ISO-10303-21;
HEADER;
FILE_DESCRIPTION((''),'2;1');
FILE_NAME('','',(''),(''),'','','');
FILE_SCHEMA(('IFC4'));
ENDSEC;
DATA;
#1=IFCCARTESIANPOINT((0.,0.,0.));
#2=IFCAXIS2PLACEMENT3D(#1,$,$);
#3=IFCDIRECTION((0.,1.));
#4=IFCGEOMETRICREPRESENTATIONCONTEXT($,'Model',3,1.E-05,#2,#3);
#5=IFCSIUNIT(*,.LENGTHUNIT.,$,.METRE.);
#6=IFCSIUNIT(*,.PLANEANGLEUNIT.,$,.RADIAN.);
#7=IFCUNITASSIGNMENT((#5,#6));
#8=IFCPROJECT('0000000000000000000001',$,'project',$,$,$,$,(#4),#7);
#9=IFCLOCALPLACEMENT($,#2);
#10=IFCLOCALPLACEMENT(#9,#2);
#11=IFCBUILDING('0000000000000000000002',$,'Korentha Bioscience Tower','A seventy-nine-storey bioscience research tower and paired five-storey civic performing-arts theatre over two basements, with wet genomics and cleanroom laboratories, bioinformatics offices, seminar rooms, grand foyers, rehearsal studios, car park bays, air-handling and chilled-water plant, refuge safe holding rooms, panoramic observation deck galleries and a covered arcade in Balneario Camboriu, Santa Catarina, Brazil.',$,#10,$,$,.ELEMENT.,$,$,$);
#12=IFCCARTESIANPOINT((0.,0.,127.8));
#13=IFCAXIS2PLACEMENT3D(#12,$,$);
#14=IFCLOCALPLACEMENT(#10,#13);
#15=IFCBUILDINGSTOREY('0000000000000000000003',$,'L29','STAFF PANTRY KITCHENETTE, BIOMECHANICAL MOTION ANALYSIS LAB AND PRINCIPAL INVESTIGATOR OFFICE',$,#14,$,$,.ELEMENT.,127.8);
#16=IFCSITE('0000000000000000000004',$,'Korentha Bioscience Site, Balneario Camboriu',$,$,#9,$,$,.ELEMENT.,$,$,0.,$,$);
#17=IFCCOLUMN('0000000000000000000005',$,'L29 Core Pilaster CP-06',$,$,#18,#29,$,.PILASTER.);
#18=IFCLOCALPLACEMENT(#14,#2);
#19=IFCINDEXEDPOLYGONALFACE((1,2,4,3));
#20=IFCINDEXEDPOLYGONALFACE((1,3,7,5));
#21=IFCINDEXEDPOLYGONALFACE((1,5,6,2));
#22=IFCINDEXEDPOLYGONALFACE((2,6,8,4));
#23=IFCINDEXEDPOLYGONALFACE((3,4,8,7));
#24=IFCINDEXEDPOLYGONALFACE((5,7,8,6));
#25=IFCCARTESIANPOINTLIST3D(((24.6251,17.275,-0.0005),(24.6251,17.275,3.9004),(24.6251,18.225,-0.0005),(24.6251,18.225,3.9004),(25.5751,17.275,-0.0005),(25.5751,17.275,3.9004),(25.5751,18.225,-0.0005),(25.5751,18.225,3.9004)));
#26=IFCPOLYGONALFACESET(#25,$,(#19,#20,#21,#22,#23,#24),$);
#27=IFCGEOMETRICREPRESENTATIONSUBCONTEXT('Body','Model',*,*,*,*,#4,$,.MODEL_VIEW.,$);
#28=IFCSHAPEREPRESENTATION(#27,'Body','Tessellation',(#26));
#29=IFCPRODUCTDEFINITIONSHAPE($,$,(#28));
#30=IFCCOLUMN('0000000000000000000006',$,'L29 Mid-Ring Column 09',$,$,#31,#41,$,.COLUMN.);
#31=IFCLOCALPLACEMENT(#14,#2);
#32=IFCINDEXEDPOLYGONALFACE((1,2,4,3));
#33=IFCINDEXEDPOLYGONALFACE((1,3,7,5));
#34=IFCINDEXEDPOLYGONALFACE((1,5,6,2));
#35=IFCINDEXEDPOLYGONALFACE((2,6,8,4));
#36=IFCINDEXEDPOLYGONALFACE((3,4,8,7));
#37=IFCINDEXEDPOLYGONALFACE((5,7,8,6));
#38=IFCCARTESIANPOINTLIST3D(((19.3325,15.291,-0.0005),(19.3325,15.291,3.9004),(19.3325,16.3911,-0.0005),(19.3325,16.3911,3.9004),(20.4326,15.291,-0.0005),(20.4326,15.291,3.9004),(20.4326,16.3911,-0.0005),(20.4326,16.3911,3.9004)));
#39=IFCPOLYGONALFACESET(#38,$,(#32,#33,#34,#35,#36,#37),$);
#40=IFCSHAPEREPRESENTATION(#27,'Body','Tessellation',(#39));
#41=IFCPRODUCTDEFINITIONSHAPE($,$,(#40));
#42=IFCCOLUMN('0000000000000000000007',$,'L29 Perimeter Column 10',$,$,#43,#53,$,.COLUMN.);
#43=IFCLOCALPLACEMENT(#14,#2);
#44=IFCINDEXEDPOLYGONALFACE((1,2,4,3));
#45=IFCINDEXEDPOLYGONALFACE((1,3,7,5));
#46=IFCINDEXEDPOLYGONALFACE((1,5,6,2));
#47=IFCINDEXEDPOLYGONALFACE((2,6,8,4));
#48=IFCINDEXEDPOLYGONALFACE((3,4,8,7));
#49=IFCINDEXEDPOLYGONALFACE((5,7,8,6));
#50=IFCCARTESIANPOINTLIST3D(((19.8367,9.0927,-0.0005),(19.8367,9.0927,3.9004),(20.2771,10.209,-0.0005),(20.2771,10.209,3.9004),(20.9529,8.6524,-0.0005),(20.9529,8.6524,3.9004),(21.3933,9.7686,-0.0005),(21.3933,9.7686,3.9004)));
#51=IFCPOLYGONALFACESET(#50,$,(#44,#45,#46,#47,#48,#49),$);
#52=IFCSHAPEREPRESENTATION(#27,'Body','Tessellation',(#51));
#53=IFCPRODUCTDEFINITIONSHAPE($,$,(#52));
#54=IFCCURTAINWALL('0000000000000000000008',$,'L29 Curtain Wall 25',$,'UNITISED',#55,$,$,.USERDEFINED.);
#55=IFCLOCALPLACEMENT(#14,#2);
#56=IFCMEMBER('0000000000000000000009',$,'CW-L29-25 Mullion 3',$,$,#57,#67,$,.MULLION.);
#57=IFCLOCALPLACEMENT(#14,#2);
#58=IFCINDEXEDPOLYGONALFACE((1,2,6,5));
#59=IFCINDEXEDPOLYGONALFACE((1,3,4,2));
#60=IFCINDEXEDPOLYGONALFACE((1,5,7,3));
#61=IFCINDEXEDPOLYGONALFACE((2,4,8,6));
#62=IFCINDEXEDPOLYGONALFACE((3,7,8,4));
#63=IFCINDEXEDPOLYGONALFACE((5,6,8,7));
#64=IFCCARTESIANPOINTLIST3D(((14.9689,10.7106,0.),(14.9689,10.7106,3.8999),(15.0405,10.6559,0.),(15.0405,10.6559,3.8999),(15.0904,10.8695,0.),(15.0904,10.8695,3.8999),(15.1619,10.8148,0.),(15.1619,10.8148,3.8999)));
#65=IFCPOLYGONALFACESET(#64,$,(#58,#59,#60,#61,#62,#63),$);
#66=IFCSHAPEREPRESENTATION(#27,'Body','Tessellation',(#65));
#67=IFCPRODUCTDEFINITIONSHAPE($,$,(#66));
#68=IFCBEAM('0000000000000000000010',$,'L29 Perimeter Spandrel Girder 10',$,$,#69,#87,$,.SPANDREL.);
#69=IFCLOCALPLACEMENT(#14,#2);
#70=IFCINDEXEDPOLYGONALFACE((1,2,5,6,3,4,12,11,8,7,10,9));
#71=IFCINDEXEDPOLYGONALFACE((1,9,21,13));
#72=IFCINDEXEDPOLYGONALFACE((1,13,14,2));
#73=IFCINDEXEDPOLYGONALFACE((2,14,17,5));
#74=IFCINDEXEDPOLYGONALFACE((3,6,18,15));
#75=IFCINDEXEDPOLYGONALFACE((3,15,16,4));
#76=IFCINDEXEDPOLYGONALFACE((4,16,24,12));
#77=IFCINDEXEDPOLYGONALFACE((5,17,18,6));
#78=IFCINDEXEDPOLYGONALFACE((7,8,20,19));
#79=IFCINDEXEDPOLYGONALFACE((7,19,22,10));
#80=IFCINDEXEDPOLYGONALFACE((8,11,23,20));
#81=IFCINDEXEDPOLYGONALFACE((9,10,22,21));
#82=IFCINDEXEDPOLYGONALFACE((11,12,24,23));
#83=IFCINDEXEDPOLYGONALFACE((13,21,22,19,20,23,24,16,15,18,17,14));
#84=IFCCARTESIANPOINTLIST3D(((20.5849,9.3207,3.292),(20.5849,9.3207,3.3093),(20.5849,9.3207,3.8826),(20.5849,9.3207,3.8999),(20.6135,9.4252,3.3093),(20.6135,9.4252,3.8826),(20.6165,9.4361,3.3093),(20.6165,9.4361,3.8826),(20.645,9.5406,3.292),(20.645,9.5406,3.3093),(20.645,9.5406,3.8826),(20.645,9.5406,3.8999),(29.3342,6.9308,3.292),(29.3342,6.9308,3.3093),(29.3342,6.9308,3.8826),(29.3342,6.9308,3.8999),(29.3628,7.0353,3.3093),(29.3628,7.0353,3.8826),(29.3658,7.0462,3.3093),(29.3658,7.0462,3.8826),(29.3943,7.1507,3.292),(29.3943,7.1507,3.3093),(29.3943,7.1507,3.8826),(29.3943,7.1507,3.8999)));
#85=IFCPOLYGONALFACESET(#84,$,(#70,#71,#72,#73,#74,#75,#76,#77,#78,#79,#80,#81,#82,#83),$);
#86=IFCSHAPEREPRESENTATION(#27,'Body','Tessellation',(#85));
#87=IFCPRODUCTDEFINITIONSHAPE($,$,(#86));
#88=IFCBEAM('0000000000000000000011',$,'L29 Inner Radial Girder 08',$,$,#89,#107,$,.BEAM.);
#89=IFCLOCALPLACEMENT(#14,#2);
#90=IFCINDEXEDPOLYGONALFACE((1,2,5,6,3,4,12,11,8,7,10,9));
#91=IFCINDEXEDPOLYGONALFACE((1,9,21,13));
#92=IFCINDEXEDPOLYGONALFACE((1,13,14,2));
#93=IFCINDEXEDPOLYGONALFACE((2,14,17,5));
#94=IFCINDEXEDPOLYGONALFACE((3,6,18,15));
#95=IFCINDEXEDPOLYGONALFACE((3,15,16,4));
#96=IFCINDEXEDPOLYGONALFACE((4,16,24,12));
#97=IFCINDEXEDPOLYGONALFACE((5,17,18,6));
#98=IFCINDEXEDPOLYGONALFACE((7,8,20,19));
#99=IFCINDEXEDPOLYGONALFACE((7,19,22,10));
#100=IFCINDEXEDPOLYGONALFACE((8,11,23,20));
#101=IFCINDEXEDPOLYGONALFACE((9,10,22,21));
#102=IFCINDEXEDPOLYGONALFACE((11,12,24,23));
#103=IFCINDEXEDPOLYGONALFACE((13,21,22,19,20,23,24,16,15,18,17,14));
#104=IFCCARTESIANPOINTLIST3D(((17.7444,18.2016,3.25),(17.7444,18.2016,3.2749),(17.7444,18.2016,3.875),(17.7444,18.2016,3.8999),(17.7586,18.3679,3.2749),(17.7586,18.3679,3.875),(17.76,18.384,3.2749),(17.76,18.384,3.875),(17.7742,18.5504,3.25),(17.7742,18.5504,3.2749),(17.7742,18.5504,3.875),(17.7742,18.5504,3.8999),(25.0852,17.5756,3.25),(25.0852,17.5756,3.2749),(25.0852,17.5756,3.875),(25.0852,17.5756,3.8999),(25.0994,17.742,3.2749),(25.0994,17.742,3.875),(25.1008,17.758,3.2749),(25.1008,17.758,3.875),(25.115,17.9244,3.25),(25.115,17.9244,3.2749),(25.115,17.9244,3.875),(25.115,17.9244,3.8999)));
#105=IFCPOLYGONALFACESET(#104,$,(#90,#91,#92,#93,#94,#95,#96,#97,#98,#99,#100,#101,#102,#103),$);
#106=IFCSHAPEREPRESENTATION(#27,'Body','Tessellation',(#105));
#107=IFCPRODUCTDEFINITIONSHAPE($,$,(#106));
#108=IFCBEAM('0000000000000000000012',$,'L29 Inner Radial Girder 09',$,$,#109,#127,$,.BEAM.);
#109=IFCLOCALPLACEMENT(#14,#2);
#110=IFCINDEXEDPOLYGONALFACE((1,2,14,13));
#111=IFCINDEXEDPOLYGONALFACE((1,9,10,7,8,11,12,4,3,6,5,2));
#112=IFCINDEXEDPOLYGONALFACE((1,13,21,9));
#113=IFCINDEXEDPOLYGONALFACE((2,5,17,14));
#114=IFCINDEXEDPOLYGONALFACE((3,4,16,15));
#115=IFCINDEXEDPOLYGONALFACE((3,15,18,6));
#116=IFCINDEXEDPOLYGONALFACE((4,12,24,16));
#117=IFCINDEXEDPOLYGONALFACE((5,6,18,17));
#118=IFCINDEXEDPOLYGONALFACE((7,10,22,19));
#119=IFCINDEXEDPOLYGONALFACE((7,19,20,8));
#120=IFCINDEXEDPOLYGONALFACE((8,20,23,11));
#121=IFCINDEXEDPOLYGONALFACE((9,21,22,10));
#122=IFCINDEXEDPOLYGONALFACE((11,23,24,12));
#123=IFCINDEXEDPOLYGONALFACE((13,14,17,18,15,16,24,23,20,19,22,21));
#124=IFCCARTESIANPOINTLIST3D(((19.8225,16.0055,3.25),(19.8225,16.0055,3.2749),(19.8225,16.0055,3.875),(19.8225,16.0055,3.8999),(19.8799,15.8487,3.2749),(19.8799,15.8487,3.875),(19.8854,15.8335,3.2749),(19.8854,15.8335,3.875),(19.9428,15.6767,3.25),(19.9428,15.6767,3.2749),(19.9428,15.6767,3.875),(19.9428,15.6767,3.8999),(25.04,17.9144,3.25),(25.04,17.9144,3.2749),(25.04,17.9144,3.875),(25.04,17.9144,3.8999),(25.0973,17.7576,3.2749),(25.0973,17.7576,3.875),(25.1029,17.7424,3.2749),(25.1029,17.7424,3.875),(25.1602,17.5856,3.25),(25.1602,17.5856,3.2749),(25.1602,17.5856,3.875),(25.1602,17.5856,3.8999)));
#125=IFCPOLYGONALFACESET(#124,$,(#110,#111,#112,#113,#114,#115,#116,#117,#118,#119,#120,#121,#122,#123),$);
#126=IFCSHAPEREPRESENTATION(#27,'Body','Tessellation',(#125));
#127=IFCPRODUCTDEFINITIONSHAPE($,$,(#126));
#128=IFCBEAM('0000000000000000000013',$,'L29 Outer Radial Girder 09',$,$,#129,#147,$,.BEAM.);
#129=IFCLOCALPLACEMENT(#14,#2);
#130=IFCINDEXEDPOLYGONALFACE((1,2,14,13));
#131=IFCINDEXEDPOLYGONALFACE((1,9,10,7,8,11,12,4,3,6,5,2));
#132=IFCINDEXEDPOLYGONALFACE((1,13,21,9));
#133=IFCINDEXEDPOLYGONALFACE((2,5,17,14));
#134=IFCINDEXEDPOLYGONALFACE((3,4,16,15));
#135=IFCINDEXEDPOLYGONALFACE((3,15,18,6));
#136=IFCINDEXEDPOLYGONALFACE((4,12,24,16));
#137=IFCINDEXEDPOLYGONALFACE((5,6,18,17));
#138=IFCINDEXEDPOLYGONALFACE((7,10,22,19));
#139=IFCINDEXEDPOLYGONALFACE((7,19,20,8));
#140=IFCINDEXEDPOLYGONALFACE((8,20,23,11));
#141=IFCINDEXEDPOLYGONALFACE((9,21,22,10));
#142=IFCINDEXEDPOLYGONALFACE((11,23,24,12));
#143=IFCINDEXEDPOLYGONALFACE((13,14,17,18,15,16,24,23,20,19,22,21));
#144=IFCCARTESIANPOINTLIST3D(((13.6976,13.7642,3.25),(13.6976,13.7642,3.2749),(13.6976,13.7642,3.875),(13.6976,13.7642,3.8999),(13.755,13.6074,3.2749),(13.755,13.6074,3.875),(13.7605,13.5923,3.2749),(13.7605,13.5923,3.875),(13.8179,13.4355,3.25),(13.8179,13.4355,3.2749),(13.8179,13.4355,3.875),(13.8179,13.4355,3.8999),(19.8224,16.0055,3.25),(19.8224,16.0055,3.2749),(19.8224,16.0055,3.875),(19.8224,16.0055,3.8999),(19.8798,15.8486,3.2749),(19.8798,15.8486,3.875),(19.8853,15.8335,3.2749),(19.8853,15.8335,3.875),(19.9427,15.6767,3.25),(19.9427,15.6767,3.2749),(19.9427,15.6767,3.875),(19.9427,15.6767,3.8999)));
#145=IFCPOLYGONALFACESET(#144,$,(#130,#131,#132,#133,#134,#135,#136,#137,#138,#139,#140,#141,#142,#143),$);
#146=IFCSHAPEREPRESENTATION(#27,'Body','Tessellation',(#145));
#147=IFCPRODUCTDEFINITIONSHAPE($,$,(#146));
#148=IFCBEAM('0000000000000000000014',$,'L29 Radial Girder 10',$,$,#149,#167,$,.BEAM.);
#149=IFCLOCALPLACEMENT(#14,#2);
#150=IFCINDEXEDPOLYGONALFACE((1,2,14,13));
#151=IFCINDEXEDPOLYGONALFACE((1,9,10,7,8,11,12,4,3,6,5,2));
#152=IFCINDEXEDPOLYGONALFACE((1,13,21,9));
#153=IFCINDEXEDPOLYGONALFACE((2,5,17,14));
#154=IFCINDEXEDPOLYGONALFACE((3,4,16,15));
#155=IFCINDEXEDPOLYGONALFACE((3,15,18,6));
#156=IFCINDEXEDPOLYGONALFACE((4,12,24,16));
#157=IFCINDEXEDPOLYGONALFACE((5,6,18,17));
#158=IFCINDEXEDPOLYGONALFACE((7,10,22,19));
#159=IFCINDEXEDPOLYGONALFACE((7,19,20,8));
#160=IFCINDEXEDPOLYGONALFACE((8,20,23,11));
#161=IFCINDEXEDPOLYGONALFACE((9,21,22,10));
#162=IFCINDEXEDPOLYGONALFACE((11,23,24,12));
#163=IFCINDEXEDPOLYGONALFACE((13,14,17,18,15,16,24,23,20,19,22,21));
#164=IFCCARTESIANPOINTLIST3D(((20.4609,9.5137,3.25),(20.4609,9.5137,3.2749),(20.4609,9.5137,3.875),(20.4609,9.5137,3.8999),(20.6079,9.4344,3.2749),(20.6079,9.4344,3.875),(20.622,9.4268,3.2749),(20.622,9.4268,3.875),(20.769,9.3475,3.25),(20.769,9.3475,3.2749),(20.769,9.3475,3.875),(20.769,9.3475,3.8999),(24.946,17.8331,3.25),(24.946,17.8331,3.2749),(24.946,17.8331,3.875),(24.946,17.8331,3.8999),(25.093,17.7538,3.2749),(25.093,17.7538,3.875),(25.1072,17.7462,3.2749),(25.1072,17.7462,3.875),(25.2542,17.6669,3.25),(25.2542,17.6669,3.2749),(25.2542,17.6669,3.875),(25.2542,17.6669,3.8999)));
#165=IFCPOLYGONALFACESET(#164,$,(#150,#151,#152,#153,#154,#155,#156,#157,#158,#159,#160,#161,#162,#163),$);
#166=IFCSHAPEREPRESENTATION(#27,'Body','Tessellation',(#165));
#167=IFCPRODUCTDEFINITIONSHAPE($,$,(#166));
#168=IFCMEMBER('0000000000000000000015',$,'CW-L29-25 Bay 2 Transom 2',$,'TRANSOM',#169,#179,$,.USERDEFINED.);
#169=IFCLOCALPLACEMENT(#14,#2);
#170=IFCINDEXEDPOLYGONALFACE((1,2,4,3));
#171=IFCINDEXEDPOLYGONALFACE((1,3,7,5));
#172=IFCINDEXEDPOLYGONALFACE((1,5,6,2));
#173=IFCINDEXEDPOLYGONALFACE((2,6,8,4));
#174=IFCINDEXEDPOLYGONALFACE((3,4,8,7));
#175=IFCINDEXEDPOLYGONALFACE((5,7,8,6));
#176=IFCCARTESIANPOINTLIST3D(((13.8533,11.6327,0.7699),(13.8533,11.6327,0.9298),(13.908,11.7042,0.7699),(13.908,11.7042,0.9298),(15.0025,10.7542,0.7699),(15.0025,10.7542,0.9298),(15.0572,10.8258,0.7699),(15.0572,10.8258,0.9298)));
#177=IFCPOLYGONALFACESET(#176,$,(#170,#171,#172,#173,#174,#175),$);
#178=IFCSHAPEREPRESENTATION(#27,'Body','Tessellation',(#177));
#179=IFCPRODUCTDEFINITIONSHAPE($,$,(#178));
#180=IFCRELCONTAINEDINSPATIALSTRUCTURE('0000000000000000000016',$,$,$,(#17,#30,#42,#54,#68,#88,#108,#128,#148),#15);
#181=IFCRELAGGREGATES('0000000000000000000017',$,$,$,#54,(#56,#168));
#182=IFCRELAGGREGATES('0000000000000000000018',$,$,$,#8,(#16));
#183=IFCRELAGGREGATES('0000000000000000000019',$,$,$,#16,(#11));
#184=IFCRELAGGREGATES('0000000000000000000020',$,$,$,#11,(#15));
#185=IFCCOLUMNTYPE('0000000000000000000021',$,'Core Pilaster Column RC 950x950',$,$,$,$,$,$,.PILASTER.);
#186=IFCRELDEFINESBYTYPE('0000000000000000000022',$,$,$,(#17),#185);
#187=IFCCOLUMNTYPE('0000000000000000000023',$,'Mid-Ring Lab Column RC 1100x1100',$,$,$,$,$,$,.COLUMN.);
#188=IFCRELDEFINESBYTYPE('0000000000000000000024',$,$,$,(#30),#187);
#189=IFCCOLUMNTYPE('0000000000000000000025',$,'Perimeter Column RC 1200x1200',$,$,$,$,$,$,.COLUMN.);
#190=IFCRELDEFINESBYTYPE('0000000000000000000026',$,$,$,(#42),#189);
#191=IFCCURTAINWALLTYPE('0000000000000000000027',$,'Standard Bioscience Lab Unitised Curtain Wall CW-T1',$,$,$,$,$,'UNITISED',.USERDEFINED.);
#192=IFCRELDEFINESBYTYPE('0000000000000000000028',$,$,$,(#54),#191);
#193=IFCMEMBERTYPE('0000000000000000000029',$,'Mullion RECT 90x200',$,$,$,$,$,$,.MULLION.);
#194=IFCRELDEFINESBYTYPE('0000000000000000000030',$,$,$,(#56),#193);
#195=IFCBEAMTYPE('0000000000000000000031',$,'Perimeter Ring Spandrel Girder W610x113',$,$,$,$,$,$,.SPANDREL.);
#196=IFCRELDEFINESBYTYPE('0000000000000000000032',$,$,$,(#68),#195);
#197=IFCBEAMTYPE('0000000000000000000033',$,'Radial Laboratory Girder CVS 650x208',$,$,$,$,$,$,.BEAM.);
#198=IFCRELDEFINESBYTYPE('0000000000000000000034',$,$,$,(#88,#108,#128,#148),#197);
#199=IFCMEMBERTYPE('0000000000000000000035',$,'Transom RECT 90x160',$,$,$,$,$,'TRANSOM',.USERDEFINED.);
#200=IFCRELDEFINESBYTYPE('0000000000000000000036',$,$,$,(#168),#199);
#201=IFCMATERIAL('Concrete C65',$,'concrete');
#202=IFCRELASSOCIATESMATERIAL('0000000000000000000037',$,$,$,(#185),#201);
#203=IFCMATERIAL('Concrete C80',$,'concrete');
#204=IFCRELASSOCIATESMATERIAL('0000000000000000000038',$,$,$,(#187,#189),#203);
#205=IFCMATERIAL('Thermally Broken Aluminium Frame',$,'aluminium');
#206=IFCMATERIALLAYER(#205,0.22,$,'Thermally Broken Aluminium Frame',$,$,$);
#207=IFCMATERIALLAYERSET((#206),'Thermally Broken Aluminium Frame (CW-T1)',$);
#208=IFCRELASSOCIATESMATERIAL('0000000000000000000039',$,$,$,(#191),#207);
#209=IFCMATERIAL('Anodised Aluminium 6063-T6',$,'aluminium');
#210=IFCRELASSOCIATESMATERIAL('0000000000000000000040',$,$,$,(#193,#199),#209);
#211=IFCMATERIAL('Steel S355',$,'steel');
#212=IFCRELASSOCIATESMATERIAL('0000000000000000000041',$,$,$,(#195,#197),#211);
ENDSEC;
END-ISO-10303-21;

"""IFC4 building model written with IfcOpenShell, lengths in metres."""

from ifc_helpers import new_model, si_unit, direction, frame, origin, origin_2d, place, context, subcontext, project, spatial, rectangle, i_section, extrude, material, layer, layer_set, material_profile, profile_set, type_object, element, aggregate, save


model = new_model("IFC4")

# Units and contexts
model_context = context("Model", 3, precision=1e-05, world=origin(), true_north=direction((0.0, 1.0)))
body_context = subcontext(model_context, "Body", "Model", "MODEL_VIEW")
ifc_project = project(units=[si_unit("LENGTHUNIT", "METRE"), si_unit("PLANEANGLEUNIT", "RADIAN")], contexts=[model_context])

# Site, building, storey
site_placement = place(None, origin())
site = spatial("IfcSite", under=ifc_project, at=site_placement, Name="Korentha Bioscience Site, Balneario Camboriu", CompositionType="ELEMENT", RefElevation=0.0)
building_placement = place(site_placement, origin())
building = spatial("IfcBuilding", under=site, at=building_placement, Name="Korentha Bioscience Tower", Description="A seventy-nine-storey bioscience research tower and paired five-storey civic performing-arts theatre over two basements, with wet genomics and cleanroom laboratories, bioinformatics offices, seminar rooms, grand foyers, rehearsal studios, car park bays, air-handling and chilled-water plant, refuge safe holding rooms, panoramic observation deck galleries and a covered arcade in Balneario Camboriu, Santa Catarina, Brazil.", CompositionType="ELEMENT")
storey_placement = place(building_placement, frame((0.0, 0.0, 127.8)))
storey = spatial("IfcBuildingStorey", under=building, at=storey_placement, Name="L29", Description="STAFF PANTRY KITCHENETTE, BIOMECHANICAL MOTION ANALYSIS LAB AND PRINCIPAL INVESTIGATOR OFFICE", CompositionType="ELEMENT", Elevation=127.8)

# Columns
ifc_material_1 = material(Name="Concrete C65", Category="concrete")
ifc_material_profile_1 = material_profile(ifc_material_1, rectangle(XDim=0.95, YDim=0.95, at=origin_2d()), Name="Concrete C65")
ifc_profile_set_1 = profile_set([ifc_material_profile_1], Name="Concrete C65 (COL-CP09)")
column_type_1 = type_object("IfcColumnType", Name="Core Pilaster Column RC 950x950", PredefinedType="PILASTER", material=ifc_profile_set_1)
column_1_placement = place(storey_placement, frame((25.1001, 17.75, -0.0005), z_axis=(0.0, 0.0, 1.0), x_axis=(1.0, 0.0, 0.0)))
element("IfcColumn", 1, at=column_1_placement, inside=storey, type_object=column_type_1, Name="L29 Core Pilaster CP-06", PredefinedType="PILASTER", context=body_context, shape_type="SweptSolid", body=[
    extrude(rectangle(XDim=0.95, YDim=0.95, at=origin_2d()), origin(), (0.0, 0.0, 1.0), 3.9009),
])
ifc_material_2 = material(Name="Concrete C80", Category="concrete")
ifc_material_profile_2 = material_profile(ifc_material_2, rectangle(XDim=1.1001, YDim=1.1001, at=origin_2d()), Name="Concrete C80")
ifc_profile_set_2 = profile_set([ifc_material_profile_2], Name="Concrete C80 (COL-MR11)")
column_type_2 = type_object("IfcColumnType", Name="Mid-Ring Lab Column RC 1100x1100", PredefinedType="COLUMN", material=ifc_profile_set_2)
column_2_placement = place(storey_placement, frame((19.8826, 15.8411, -0.0005), z_axis=(0.0, 0.0, 1.0), x_axis=(1.0, 0.0, 0.0)))
element("IfcColumn", 2, at=column_2_placement, inside=storey, type_object=column_type_2, Name="L29 Mid-Ring Column 09", PredefinedType="COLUMN", context=body_context, shape_type="SweptSolid", body=[
    extrude(rectangle(XDim=1.1001, YDim=1.1001, at=origin_2d()), origin(), (0.0, 0.0, 1.0), 3.9009),
])
ifc_material_profile_3 = material_profile(ifc_material_2, rectangle(XDim=1.2, YDim=1.2, at=origin_2d()), Name="Concrete C80")
ifc_profile_set_3 = profile_set([ifc_material_profile_3], Name="Concrete C80 (COL-P12)")
column_type_3 = type_object("IfcColumnType", Name="Perimeter Column RC 1200x1200", PredefinedType="COLUMN", material=ifc_profile_set_3)
column_3_placement = place(storey_placement, frame((20.615, 9.4307, -0.0005), z_axis=(0.0, 0.0, 1.0), x_axis=(-0.930226, 0.366988, 0.0)))
element("IfcColumn", 3, at=column_3_placement, inside=storey, type_object=column_type_3, Name="L29 Perimeter Column 10", PredefinedType="COLUMN", context=body_context, shape_type="SweptSolid", body=[
    extrude(rectangle(XDim=1.2, YDim=1.2, at=origin_2d()), origin(), (0.0, 0.0, 1.0), 3.9009),
])

# Curtain wall, member
ifc_material_3 = material(Name="Thermally Broken Aluminium Frame", Category="aluminium")
ifc_layer_1 = layer(ifc_material_3, 0.22, Name="Thermally Broken Aluminium Frame")
ifc_layer_set_1 = layer_set([ifc_layer_1], Name="Thermally Broken Aluminium Frame (CW-T1)")
curtain_wall_type = type_object("IfcCurtainWallType", Name="Standard Bioscience Lab Unitised Curtain Wall CW-T1", ElementType="UNITISED", PredefinedType="USERDEFINED", material=ifc_layer_set_1)
curtain_wall_placement = place(storey_placement, origin())
curtain_wall = element("IfcCurtainWall", 4, at=curtain_wall_placement, inside=storey, type_object=curtain_wall_type, Name="L29 Curtain Wall 25", ObjectType="UNITISED", PredefinedType="USERDEFINED")
ifc_material_4 = material(Name="Anodised Aluminium 6063-T6", Category="aluminium")
ifc_material_profile_4 = material_profile(ifc_material_4, rectangle(XDim=0.0901, YDim=0.2, at=origin_2d()), Name="Anodised Aluminium 6063-T6")
ifc_profile_set_4 = profile_set([ifc_material_profile_4], Name="Anodised Aluminium 6063-T6 (CW-MUL)")
member_type_1 = type_object("IfcMemberType", Name="Mullion RECT 90x200", PredefinedType="MULLION", material=ifc_profile_set_4)
member_1_placement = place(storey_placement, frame((15.0654, 10.7627, 0.0), z_axis=(0.0, 0.0, 1.0), x_axis=(0.7945, -0.607265, 0.0)))
member_1 = element("IfcMember", 5, at=member_1_placement, type_object=member_type_1, Name="CW-L29-25 Mullion 3", PredefinedType="MULLION", context=body_context, shape_type="SweptSolid", body=[
    extrude(rectangle(XDim=0.0901, YDim=0.2, at=origin_2d()), origin(), (0.0, 0.0, 1.0), 3.8999),
])

# Beams
ifc_material_5 = material(Name="Steel S355", Category="steel")
ifc_material_profile_5 = material_profile(ifc_material_5, i_section(OverallWidth=0.228, OverallDepth=0.6079, WebThickness=0.0112, FlangeThickness=0.0173, at=origin_2d()), Name="Steel S355")
ifc_profile_set_5 = profile_set([ifc_material_profile_5], Name="Steel S355 (SB-610)")
beam_type_1 = type_object("IfcBeamType", Name="Perimeter Ring Spandrel Girder W610x113", PredefinedType="SPANDREL", material=ifc_profile_set_5)
beam_1_placement = place(storey_placement, frame((20.615, 9.4307, 3.5959), z_axis=(0.964659, -0.2635, 0.0), x_axis=(0.2635, 0.964659, 0.0)))
element("IfcBeam", 6, at=beam_1_placement, inside=storey, type_object=beam_type_1, Name="L29 Perimeter Spandrel Girder 10", PredefinedType="SPANDREL", context=body_context, shape_type="SweptSolid", body=[
    extrude(i_section(OverallWidth=0.228, OverallDepth=0.6079, WebThickness=0.0112, FlangeThickness=0.0173, at=origin_2d()), origin(), (0.0, 0.0, 1.0), 9.0698),
])
ifc_material_profile_6 = material_profile(ifc_material_5, i_section(OverallWidth=0.3501, OverallDepth=0.6499, WebThickness=0.0161, FlangeThickness=0.0249, at=origin_2d()), Name="Steel S355")
ifc_profile_set_6 = profile_set([ifc_material_profile_6], Name="Steel S355 (RB-650)")
beam_type_2 = type_object("IfcBeamType", Name="Radial Laboratory Girder CVS 650x208", PredefinedType="BEAM", material=ifc_profile_set_6)
beam_2_placement = place(storey_placement, frame((25.1001, 17.75, 3.575), z_axis=(-0.996384, 0.084965, 0.0), x_axis=(-0.084965, -0.996384, 0.0)))
element("IfcBeam", 7, at=beam_2_placement, inside=storey, type_object=beam_type_2, Name="L29 Inner Radial Girder 08", PredefinedType="BEAM", context=body_context, shape_type="SweptSolid", body=[
    extrude(i_section(OverallWidth=0.3501, OverallDepth=0.6499, WebThickness=0.0161, FlangeThickness=0.0249, at=origin_2d()), origin(), (0.0, 0.0, 1.0), 7.3674),
])
beam_3_placement = place(storey_placement, frame((25.1001, 17.75, 3.575), z_axis=(-0.939118, -0.343595, 0.0), x_axis=(0.343595, -0.939118, 0.0)))
element("IfcBeam", 8, at=beam_3_placement, inside=storey, type_object=beam_type_2, Name="L29 Inner Radial Girder 09", PredefinedType="BEAM", context=body_context, shape_type="SweptSolid", body=[
    extrude(i_section(OverallWidth=0.3501, OverallDepth=0.6499, WebThickness=0.0161, FlangeThickness=0.0249, at=origin_2d()), origin(), (0.0, 0.0, 1.0), 5.5557),
])
beam_4_placement = place(storey_placement, frame((19.8826, 15.8411, 3.575), z_axis=(-0.939101, -0.343642, 0.0), x_axis=(0.343642, -0.939101, 0.0)))
element("IfcBeam", 9, at=beam_4_placement, inside=storey, type_object=beam_type_2, Name="L29 Outer Radial Girder 09", PredefinedType="BEAM", context=body_context, shape_type="SweptSolid", body=[
    extrude(i_section(OverallWidth=0.3501, OverallDepth=0.6499, WebThickness=0.0161, FlangeThickness=0.0249, at=origin_2d()), origin(), (0.0, 0.0, 1.0), 6.522),
])
beam_5_placement = place(storey_placement, frame((25.1001, 17.75, 3.575), z_axis=(-0.474548, -0.88023, 0.0), x_axis=(0.88023, -0.474548, 0.0)))
element("IfcBeam", 10, at=beam_5_placement, inside=storey, type_object=beam_type_2, Name="L29 Radial Girder 10", PredefinedType="BEAM", context=body_context, shape_type="SweptSolid", body=[
    extrude(i_section(OverallWidth=0.3501, OverallDepth=0.6499, WebThickness=0.0161, FlangeThickness=0.0249, at=origin_2d()), origin(), (0.0, 0.0, 1.0), 9.4514),
])

# Member
ifc_material_profile_7 = material_profile(ifc_material_4, rectangle(XDim=0.0901, YDim=0.1599, at=origin_2d()), Name="Anodised Aluminium 6063-T6")
ifc_profile_set_7 = profile_set([ifc_material_profile_7], Name="Anodised Aluminium 6063-T6 (CW-TRN)")
member_type_2 = type_object("IfcMemberType", Name="Transom RECT 90x160", ElementType="TRANSOM", PredefinedType="USERDEFINED", material=ifc_profile_set_7)
member_2_placement = place(storey_placement, frame((13.8806, 11.6685, 0.8499), z_axis=(0.794478, -0.607293, 0.0), x_axis=(0.607293, 0.794478, 0.0)))
member_2 = element("IfcMember", 11, at=member_2_placement, type_object=member_type_2, Name="CW-L29-25 Bay 2 Transom 2", ObjectType="TRANSOM", PredefinedType="USERDEFINED", context=body_context, shape_type="SweptSolid", body=[
    extrude(rectangle(XDim=0.0901, YDim=0.1599, at=origin_2d()), origin(), (0.0, 0.0, 1.0), 1.4465),
])

aggregate(curtain_wall, [member_1, member_2])

save(model, "model.ifc")
